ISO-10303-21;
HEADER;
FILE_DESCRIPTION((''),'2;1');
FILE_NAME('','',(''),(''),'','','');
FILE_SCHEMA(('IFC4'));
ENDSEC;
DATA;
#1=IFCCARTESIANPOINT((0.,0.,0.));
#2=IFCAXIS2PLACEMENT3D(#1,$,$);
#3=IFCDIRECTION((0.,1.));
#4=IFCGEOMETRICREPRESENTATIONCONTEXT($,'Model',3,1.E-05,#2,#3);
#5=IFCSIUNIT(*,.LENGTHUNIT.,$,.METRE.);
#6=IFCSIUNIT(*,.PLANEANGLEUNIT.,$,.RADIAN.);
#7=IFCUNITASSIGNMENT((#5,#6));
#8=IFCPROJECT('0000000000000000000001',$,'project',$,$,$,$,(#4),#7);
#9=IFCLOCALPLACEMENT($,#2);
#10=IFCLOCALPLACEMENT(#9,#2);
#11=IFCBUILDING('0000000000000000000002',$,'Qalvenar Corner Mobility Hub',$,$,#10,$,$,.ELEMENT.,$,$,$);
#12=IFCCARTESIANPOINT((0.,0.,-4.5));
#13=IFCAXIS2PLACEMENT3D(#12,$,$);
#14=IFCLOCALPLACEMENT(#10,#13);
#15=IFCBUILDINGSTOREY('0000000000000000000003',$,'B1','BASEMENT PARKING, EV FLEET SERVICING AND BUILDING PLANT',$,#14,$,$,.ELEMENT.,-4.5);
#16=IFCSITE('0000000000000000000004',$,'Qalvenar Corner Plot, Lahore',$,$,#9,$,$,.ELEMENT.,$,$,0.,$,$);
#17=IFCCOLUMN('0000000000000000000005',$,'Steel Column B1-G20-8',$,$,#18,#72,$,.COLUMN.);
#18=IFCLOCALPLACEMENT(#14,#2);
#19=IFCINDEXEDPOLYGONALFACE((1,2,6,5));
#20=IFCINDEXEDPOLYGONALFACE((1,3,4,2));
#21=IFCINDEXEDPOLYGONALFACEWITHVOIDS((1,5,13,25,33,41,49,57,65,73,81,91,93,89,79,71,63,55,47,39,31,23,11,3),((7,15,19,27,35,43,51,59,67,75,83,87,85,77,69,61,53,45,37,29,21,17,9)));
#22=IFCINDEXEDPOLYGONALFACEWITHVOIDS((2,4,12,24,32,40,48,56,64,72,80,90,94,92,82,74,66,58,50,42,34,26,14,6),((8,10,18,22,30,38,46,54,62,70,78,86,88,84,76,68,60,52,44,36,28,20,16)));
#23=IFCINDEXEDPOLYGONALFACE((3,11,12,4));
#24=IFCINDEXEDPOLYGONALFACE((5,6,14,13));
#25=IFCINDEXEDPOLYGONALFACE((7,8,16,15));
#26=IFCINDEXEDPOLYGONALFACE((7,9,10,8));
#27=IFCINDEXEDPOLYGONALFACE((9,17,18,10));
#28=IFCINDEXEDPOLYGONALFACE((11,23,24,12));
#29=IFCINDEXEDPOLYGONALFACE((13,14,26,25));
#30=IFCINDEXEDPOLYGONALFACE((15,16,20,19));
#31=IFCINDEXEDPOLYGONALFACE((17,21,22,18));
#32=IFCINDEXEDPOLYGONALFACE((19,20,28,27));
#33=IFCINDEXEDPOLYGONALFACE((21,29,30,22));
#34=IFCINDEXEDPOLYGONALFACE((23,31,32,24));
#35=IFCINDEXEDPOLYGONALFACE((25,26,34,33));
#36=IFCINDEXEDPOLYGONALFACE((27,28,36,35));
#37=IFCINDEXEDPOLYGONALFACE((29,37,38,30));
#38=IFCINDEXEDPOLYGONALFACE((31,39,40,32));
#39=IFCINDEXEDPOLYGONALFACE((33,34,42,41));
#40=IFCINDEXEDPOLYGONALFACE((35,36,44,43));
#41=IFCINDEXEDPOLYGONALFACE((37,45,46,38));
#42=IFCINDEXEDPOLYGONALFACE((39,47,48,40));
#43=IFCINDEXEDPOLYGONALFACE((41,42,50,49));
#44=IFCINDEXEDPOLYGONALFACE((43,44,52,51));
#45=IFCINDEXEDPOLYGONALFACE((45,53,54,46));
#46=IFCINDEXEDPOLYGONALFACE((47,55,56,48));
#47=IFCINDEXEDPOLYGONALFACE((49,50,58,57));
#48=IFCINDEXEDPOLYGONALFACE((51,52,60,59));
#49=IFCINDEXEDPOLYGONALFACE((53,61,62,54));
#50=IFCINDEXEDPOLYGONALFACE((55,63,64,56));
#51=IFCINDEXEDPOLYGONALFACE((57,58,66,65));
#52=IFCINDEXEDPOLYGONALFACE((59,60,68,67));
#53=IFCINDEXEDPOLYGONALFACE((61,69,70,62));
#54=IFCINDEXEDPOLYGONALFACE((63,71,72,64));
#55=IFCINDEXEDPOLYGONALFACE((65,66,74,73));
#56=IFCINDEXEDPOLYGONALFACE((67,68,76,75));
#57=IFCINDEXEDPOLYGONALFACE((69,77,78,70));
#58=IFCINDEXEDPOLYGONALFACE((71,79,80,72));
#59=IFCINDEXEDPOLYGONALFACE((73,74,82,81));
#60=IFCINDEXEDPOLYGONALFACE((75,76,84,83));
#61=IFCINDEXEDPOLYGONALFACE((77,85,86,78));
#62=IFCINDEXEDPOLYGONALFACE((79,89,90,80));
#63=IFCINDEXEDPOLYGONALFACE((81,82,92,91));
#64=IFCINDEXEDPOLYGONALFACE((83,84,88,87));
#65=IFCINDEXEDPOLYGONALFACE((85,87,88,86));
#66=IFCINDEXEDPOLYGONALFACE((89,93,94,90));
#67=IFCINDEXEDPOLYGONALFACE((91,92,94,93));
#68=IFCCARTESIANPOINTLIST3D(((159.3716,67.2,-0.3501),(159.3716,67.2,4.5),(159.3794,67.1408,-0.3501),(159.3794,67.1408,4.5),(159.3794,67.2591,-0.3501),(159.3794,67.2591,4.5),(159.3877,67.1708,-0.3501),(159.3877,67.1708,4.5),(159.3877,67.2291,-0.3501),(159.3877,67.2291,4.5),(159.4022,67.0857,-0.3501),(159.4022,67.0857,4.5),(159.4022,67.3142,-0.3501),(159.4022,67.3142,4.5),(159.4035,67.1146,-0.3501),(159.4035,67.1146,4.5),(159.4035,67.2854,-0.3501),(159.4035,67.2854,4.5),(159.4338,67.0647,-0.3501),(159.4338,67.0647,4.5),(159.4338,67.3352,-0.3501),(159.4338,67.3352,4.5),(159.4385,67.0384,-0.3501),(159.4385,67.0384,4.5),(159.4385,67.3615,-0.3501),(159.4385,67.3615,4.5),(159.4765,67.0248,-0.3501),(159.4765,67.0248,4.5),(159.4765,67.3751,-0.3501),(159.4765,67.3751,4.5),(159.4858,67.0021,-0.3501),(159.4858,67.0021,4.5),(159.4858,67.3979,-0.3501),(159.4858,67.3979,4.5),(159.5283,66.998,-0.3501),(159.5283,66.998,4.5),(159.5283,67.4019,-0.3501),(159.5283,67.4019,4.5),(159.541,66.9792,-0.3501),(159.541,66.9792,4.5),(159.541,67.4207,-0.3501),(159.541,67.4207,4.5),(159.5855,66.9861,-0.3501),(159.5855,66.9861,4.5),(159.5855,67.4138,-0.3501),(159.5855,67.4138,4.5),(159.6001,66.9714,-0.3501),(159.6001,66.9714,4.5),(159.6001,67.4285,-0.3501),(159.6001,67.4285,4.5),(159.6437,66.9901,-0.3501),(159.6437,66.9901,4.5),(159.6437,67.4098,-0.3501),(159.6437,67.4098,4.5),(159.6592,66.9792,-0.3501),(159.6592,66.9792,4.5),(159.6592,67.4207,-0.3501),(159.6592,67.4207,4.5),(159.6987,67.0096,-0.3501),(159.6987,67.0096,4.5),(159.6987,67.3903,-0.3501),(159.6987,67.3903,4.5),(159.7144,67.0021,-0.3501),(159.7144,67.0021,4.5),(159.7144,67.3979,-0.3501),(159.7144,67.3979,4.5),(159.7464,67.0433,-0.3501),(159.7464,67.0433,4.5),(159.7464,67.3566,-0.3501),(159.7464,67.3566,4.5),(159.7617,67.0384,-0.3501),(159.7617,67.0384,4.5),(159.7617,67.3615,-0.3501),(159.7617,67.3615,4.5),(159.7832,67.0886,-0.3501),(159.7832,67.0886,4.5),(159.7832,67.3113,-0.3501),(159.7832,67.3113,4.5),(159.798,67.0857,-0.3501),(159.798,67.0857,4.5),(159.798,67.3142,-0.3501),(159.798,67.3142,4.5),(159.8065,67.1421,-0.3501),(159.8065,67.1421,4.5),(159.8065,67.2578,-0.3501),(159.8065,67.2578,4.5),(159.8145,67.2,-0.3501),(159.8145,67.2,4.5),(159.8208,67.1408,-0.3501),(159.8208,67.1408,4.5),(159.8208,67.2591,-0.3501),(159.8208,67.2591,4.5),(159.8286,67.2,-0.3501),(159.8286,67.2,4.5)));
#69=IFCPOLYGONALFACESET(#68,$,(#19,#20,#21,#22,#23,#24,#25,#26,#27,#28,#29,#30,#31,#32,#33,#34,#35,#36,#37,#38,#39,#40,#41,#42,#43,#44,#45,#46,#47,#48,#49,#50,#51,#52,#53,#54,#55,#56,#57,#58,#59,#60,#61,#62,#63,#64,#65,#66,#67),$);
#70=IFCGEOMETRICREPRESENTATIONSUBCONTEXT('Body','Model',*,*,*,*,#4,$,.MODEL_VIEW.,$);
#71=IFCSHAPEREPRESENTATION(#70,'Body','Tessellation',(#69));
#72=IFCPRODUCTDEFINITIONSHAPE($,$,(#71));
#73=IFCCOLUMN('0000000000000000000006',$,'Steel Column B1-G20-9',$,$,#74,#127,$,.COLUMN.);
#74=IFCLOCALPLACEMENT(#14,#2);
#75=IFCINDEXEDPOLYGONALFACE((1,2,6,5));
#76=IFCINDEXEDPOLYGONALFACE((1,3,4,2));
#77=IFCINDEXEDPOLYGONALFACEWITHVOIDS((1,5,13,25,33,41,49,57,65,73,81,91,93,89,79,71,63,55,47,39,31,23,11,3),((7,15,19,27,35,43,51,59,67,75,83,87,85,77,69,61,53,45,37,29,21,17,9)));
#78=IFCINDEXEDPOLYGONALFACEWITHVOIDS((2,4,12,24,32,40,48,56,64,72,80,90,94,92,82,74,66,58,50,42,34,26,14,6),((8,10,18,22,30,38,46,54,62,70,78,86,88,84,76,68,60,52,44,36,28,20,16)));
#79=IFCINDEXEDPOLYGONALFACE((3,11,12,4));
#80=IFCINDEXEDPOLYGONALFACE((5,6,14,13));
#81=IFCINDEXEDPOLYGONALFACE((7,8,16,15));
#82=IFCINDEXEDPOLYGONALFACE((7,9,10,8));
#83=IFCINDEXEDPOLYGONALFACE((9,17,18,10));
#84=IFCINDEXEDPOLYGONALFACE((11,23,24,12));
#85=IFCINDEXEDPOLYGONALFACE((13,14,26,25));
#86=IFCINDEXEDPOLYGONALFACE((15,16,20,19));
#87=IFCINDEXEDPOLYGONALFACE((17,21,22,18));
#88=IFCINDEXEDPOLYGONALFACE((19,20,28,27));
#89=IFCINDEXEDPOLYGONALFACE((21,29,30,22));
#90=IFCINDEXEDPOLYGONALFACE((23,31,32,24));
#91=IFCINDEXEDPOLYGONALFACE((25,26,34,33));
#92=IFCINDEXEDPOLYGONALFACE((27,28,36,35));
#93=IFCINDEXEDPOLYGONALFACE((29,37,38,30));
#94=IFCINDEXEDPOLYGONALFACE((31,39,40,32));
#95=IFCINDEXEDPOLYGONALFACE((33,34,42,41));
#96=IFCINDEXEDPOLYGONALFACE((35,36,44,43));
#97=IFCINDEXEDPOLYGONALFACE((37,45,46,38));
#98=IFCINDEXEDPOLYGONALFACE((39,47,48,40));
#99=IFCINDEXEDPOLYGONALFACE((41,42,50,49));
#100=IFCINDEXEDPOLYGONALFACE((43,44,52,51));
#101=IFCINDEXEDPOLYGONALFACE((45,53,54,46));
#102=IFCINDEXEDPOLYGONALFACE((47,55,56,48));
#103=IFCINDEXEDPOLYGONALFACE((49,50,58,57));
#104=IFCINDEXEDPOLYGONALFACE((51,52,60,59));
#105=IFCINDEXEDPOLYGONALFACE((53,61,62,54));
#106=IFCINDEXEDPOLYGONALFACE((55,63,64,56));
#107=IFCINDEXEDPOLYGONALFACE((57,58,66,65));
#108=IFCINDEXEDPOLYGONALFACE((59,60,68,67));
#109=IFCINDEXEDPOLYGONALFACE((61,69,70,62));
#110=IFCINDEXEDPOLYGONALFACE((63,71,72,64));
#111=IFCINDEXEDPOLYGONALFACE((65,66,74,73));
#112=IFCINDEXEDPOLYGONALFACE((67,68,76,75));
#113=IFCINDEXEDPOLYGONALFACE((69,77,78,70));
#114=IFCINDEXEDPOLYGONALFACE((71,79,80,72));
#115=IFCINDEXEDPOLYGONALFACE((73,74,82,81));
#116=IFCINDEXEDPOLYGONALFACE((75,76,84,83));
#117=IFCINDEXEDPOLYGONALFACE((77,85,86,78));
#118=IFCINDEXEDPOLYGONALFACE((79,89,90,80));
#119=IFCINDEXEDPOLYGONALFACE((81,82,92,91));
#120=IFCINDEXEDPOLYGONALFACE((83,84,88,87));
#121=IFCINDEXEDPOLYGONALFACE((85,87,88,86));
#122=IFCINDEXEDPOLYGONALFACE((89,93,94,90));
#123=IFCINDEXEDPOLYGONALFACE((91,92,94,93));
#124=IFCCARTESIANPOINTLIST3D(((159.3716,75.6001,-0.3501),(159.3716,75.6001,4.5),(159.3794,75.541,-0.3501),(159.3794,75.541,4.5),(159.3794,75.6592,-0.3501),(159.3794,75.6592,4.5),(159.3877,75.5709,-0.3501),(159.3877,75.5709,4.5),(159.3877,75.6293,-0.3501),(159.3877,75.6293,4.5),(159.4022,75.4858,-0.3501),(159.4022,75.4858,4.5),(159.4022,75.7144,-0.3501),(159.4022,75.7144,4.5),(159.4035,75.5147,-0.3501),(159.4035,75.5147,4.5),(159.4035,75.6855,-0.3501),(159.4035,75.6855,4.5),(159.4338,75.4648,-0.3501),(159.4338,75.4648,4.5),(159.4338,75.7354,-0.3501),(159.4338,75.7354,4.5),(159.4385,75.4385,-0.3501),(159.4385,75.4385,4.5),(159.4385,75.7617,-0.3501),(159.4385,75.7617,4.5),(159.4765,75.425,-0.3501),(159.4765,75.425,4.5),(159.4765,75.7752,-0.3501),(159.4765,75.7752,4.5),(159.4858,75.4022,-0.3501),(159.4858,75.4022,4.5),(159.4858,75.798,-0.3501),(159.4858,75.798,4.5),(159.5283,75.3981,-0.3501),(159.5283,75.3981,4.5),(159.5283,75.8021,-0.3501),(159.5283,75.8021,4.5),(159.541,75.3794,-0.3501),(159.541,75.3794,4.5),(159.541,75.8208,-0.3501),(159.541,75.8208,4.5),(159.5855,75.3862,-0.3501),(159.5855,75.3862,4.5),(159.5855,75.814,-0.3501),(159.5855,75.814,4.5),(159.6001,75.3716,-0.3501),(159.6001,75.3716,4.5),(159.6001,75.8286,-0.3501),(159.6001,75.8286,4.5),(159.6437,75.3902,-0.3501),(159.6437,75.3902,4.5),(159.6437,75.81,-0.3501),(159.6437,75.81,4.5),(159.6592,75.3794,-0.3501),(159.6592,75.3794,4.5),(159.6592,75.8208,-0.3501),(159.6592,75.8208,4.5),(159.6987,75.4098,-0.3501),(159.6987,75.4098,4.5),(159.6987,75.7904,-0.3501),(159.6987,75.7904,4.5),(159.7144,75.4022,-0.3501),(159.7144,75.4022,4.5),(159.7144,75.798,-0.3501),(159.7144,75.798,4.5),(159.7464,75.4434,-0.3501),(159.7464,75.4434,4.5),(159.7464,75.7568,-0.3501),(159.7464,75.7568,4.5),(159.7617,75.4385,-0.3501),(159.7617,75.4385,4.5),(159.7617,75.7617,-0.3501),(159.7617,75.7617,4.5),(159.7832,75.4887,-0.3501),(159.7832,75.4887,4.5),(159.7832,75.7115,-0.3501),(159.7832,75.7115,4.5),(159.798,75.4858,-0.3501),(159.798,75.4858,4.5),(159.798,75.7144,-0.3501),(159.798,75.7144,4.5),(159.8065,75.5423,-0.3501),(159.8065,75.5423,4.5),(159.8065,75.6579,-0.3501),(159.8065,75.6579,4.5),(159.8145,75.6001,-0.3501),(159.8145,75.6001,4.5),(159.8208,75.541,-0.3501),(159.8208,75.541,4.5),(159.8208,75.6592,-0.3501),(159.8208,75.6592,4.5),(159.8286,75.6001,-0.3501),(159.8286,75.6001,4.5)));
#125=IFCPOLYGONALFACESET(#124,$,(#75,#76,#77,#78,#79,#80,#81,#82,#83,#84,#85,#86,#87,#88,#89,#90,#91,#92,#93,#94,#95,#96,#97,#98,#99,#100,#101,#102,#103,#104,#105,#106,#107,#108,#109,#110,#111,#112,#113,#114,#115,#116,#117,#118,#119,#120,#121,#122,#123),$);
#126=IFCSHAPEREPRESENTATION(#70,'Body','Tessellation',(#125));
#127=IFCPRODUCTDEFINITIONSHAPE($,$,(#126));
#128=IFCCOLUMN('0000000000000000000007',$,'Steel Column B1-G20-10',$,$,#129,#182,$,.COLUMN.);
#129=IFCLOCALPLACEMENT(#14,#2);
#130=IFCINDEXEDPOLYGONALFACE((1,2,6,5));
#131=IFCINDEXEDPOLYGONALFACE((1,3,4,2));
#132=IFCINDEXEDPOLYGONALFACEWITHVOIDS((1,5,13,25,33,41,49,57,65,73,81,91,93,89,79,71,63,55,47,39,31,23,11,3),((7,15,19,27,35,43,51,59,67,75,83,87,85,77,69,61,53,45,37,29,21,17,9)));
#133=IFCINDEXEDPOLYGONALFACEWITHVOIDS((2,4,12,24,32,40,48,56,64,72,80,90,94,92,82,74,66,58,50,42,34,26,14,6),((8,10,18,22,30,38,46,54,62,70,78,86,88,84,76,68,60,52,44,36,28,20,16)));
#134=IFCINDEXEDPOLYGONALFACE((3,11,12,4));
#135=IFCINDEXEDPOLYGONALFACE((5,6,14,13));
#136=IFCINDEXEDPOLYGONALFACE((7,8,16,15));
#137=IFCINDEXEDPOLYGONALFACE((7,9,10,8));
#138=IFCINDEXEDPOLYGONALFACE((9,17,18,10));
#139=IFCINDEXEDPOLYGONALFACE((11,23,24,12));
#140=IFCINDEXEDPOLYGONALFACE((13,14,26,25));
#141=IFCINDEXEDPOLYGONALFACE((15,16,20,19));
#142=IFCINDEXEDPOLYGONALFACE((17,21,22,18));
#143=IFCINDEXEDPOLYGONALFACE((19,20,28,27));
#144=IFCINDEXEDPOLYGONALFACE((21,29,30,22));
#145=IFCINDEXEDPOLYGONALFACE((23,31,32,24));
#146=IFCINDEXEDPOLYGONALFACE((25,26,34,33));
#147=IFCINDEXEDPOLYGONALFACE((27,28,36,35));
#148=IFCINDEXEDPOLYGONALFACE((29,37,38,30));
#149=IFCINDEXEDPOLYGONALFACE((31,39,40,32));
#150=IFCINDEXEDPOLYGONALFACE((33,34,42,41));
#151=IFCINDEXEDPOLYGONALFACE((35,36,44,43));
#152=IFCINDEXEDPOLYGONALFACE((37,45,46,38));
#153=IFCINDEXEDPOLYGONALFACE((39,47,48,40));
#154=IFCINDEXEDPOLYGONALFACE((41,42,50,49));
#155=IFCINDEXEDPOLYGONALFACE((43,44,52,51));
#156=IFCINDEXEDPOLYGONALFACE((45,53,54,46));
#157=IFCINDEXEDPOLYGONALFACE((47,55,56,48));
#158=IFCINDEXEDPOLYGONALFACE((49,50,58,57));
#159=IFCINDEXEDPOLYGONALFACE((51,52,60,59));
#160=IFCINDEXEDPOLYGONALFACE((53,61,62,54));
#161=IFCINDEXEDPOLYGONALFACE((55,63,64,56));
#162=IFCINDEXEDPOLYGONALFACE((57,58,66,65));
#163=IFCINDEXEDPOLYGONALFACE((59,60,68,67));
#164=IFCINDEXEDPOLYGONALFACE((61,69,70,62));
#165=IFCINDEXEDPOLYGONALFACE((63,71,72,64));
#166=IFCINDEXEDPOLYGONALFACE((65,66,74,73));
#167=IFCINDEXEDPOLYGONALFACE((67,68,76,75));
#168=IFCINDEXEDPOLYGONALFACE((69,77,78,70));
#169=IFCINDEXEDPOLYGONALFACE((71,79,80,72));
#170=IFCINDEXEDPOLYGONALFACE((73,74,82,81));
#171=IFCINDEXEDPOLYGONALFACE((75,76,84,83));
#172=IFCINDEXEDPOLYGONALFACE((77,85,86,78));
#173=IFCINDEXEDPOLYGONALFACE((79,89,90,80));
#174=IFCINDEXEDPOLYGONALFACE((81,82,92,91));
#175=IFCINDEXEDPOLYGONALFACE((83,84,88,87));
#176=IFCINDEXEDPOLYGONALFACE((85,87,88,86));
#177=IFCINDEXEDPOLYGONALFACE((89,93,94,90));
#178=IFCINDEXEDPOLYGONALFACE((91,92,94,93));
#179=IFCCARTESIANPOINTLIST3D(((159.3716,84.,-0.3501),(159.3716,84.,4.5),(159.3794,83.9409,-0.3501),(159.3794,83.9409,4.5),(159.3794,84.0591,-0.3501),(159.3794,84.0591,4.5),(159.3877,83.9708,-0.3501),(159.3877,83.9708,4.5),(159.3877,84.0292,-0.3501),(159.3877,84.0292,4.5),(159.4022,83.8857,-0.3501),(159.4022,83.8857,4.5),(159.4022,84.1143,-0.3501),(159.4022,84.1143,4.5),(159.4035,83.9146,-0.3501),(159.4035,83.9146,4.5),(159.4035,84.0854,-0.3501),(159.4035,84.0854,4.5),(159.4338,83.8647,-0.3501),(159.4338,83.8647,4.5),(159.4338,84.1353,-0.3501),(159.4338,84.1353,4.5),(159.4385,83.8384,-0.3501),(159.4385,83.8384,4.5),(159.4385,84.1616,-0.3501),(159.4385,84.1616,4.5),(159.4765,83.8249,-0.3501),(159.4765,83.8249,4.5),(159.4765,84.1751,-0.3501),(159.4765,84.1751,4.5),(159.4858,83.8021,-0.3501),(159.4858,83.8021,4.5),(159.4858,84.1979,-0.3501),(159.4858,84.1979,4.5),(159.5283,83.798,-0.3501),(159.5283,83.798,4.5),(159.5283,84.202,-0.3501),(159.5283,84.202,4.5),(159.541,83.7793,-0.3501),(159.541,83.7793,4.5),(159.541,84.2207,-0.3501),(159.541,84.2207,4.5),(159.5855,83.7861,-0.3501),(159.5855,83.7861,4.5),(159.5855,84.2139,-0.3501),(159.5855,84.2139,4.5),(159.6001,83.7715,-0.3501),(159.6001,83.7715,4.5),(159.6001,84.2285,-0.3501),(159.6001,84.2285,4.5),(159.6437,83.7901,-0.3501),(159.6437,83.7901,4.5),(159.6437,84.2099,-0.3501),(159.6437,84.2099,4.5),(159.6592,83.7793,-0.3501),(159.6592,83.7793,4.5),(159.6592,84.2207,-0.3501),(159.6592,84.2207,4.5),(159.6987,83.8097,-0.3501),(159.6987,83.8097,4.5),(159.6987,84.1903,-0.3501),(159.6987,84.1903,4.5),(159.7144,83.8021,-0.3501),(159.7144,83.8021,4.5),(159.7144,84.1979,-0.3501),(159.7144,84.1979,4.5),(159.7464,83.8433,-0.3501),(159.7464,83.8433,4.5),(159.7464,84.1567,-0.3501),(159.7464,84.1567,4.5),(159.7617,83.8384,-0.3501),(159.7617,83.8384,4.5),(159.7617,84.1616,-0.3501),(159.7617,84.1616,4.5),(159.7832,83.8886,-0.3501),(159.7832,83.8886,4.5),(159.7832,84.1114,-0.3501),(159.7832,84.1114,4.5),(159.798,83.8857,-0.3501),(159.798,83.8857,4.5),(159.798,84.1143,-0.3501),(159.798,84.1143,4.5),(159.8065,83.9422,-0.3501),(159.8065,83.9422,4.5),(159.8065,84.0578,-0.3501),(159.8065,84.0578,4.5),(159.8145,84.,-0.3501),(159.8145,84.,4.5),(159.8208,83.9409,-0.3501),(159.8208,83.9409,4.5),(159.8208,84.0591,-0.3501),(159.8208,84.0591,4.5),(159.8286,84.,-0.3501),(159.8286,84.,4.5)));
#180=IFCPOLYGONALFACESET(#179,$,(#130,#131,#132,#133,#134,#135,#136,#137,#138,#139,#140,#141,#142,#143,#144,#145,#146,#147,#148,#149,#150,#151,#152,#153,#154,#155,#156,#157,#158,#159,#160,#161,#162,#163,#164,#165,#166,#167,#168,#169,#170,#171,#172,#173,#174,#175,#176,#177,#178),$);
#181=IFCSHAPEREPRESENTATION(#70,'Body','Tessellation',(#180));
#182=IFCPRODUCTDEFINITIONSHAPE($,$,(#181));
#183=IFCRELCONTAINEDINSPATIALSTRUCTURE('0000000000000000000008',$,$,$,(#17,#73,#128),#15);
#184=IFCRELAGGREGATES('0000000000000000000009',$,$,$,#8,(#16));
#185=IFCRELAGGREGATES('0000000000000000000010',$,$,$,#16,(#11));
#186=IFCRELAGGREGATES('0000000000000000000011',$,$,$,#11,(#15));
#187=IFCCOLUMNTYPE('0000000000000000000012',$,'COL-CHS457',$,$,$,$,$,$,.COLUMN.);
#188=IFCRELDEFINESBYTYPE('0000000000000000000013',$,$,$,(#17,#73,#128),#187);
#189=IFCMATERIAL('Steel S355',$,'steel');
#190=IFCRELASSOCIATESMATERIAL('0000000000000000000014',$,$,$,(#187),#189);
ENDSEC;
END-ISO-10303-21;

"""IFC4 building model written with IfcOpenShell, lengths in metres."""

from ifc_helpers import new_model, si_unit, direction, frame, origin, origin_2d, place, context, subcontext, project, spatial, hollow_circle, extrude, material, material_profile, profile_set, type_object, element, save


model = new_model("IFC4")

# Units and contexts
model_context = context("Model", 3, precision=1e-05, world=origin(), true_north=direction((0.0, 1.0)))
body_context = subcontext(model_context, "Body", "Model", "MODEL_VIEW")
ifc_project = project(units=[si_unit("LENGTHUNIT", "METRE"), si_unit("PLANEANGLEUNIT", "RADIAN")], contexts=[model_context])

# Site, building, storey
site_placement = place(None, origin())
site = spatial("IfcSite", under=ifc_project, at=site_placement, Name="Qalvenar Corner Plot, Lahore", CompositionType="ELEMENT", RefElevation=0.0)
building_placement = place(site_placement, origin())
building = spatial("IfcBuilding", under=site, at=building_placement, Name="Qalvenar Corner Mobility Hub", CompositionType="ELEMENT")
storey_placement = place(building_placement, frame((0.0, 0.0, -4.5)))
storey = spatial("IfcBuildingStorey", under=building, at=storey_placement, Name="B1", Description="BASEMENT PARKING, EV FLEET SERVICING AND BUILDING PLANT", CompositionType="ELEMENT", Elevation=-4.5)

# Columns
ifc_material_1 = material(Name="Steel S355", Category="steel")
ifc_material_profile_1 = material_profile(ifc_material_1, hollow_circle(Radius=0.2285, WallThickness=0.0142, at=origin_2d()), Name="CHS457x14.2")
ifc_profile_set_1 = profile_set([ifc_material_profile_1], Name="Steel S355")
column_type = type_object("IfcColumnType", Name="COL-CHS457", PredefinedType="COLUMN", material=ifc_profile_set_1)
for number, where, z_axis, x_axis, name in (
    (1, (159.6001, 67.2, -0.3501), (0.0, 0.0, 1.0), (1.0, 0.0, 0.0), "Steel Column B1-G20-8"),
    (2, (159.6001, 75.6001, -0.3501), (0.0, 0.0, 1.0), (1.0, 0.0, 0.0), "Steel Column B1-G20-9"),
    (3, (159.6001, 84.0, -0.3501), (0.0, 0.0, 1.0), (1.0, 0.0, 0.0), "Steel Column B1-G20-10"),
):
    element("IfcColumn", number, at=place(storey_placement, frame(where, z_axis=z_axis, x_axis=x_axis)), inside=storey, type_object=column_type, Name=name, PredefinedType="COLUMN", context=body_context, shape_type="SweptSolid", body=[
        extrude(hollow_circle(Radius=0.2285, WallThickness=0.0142, at=origin_2d()), origin(), (0.0, 0.0, 1.0), 4.8501),
    ])

save(model, "model.ifc")
